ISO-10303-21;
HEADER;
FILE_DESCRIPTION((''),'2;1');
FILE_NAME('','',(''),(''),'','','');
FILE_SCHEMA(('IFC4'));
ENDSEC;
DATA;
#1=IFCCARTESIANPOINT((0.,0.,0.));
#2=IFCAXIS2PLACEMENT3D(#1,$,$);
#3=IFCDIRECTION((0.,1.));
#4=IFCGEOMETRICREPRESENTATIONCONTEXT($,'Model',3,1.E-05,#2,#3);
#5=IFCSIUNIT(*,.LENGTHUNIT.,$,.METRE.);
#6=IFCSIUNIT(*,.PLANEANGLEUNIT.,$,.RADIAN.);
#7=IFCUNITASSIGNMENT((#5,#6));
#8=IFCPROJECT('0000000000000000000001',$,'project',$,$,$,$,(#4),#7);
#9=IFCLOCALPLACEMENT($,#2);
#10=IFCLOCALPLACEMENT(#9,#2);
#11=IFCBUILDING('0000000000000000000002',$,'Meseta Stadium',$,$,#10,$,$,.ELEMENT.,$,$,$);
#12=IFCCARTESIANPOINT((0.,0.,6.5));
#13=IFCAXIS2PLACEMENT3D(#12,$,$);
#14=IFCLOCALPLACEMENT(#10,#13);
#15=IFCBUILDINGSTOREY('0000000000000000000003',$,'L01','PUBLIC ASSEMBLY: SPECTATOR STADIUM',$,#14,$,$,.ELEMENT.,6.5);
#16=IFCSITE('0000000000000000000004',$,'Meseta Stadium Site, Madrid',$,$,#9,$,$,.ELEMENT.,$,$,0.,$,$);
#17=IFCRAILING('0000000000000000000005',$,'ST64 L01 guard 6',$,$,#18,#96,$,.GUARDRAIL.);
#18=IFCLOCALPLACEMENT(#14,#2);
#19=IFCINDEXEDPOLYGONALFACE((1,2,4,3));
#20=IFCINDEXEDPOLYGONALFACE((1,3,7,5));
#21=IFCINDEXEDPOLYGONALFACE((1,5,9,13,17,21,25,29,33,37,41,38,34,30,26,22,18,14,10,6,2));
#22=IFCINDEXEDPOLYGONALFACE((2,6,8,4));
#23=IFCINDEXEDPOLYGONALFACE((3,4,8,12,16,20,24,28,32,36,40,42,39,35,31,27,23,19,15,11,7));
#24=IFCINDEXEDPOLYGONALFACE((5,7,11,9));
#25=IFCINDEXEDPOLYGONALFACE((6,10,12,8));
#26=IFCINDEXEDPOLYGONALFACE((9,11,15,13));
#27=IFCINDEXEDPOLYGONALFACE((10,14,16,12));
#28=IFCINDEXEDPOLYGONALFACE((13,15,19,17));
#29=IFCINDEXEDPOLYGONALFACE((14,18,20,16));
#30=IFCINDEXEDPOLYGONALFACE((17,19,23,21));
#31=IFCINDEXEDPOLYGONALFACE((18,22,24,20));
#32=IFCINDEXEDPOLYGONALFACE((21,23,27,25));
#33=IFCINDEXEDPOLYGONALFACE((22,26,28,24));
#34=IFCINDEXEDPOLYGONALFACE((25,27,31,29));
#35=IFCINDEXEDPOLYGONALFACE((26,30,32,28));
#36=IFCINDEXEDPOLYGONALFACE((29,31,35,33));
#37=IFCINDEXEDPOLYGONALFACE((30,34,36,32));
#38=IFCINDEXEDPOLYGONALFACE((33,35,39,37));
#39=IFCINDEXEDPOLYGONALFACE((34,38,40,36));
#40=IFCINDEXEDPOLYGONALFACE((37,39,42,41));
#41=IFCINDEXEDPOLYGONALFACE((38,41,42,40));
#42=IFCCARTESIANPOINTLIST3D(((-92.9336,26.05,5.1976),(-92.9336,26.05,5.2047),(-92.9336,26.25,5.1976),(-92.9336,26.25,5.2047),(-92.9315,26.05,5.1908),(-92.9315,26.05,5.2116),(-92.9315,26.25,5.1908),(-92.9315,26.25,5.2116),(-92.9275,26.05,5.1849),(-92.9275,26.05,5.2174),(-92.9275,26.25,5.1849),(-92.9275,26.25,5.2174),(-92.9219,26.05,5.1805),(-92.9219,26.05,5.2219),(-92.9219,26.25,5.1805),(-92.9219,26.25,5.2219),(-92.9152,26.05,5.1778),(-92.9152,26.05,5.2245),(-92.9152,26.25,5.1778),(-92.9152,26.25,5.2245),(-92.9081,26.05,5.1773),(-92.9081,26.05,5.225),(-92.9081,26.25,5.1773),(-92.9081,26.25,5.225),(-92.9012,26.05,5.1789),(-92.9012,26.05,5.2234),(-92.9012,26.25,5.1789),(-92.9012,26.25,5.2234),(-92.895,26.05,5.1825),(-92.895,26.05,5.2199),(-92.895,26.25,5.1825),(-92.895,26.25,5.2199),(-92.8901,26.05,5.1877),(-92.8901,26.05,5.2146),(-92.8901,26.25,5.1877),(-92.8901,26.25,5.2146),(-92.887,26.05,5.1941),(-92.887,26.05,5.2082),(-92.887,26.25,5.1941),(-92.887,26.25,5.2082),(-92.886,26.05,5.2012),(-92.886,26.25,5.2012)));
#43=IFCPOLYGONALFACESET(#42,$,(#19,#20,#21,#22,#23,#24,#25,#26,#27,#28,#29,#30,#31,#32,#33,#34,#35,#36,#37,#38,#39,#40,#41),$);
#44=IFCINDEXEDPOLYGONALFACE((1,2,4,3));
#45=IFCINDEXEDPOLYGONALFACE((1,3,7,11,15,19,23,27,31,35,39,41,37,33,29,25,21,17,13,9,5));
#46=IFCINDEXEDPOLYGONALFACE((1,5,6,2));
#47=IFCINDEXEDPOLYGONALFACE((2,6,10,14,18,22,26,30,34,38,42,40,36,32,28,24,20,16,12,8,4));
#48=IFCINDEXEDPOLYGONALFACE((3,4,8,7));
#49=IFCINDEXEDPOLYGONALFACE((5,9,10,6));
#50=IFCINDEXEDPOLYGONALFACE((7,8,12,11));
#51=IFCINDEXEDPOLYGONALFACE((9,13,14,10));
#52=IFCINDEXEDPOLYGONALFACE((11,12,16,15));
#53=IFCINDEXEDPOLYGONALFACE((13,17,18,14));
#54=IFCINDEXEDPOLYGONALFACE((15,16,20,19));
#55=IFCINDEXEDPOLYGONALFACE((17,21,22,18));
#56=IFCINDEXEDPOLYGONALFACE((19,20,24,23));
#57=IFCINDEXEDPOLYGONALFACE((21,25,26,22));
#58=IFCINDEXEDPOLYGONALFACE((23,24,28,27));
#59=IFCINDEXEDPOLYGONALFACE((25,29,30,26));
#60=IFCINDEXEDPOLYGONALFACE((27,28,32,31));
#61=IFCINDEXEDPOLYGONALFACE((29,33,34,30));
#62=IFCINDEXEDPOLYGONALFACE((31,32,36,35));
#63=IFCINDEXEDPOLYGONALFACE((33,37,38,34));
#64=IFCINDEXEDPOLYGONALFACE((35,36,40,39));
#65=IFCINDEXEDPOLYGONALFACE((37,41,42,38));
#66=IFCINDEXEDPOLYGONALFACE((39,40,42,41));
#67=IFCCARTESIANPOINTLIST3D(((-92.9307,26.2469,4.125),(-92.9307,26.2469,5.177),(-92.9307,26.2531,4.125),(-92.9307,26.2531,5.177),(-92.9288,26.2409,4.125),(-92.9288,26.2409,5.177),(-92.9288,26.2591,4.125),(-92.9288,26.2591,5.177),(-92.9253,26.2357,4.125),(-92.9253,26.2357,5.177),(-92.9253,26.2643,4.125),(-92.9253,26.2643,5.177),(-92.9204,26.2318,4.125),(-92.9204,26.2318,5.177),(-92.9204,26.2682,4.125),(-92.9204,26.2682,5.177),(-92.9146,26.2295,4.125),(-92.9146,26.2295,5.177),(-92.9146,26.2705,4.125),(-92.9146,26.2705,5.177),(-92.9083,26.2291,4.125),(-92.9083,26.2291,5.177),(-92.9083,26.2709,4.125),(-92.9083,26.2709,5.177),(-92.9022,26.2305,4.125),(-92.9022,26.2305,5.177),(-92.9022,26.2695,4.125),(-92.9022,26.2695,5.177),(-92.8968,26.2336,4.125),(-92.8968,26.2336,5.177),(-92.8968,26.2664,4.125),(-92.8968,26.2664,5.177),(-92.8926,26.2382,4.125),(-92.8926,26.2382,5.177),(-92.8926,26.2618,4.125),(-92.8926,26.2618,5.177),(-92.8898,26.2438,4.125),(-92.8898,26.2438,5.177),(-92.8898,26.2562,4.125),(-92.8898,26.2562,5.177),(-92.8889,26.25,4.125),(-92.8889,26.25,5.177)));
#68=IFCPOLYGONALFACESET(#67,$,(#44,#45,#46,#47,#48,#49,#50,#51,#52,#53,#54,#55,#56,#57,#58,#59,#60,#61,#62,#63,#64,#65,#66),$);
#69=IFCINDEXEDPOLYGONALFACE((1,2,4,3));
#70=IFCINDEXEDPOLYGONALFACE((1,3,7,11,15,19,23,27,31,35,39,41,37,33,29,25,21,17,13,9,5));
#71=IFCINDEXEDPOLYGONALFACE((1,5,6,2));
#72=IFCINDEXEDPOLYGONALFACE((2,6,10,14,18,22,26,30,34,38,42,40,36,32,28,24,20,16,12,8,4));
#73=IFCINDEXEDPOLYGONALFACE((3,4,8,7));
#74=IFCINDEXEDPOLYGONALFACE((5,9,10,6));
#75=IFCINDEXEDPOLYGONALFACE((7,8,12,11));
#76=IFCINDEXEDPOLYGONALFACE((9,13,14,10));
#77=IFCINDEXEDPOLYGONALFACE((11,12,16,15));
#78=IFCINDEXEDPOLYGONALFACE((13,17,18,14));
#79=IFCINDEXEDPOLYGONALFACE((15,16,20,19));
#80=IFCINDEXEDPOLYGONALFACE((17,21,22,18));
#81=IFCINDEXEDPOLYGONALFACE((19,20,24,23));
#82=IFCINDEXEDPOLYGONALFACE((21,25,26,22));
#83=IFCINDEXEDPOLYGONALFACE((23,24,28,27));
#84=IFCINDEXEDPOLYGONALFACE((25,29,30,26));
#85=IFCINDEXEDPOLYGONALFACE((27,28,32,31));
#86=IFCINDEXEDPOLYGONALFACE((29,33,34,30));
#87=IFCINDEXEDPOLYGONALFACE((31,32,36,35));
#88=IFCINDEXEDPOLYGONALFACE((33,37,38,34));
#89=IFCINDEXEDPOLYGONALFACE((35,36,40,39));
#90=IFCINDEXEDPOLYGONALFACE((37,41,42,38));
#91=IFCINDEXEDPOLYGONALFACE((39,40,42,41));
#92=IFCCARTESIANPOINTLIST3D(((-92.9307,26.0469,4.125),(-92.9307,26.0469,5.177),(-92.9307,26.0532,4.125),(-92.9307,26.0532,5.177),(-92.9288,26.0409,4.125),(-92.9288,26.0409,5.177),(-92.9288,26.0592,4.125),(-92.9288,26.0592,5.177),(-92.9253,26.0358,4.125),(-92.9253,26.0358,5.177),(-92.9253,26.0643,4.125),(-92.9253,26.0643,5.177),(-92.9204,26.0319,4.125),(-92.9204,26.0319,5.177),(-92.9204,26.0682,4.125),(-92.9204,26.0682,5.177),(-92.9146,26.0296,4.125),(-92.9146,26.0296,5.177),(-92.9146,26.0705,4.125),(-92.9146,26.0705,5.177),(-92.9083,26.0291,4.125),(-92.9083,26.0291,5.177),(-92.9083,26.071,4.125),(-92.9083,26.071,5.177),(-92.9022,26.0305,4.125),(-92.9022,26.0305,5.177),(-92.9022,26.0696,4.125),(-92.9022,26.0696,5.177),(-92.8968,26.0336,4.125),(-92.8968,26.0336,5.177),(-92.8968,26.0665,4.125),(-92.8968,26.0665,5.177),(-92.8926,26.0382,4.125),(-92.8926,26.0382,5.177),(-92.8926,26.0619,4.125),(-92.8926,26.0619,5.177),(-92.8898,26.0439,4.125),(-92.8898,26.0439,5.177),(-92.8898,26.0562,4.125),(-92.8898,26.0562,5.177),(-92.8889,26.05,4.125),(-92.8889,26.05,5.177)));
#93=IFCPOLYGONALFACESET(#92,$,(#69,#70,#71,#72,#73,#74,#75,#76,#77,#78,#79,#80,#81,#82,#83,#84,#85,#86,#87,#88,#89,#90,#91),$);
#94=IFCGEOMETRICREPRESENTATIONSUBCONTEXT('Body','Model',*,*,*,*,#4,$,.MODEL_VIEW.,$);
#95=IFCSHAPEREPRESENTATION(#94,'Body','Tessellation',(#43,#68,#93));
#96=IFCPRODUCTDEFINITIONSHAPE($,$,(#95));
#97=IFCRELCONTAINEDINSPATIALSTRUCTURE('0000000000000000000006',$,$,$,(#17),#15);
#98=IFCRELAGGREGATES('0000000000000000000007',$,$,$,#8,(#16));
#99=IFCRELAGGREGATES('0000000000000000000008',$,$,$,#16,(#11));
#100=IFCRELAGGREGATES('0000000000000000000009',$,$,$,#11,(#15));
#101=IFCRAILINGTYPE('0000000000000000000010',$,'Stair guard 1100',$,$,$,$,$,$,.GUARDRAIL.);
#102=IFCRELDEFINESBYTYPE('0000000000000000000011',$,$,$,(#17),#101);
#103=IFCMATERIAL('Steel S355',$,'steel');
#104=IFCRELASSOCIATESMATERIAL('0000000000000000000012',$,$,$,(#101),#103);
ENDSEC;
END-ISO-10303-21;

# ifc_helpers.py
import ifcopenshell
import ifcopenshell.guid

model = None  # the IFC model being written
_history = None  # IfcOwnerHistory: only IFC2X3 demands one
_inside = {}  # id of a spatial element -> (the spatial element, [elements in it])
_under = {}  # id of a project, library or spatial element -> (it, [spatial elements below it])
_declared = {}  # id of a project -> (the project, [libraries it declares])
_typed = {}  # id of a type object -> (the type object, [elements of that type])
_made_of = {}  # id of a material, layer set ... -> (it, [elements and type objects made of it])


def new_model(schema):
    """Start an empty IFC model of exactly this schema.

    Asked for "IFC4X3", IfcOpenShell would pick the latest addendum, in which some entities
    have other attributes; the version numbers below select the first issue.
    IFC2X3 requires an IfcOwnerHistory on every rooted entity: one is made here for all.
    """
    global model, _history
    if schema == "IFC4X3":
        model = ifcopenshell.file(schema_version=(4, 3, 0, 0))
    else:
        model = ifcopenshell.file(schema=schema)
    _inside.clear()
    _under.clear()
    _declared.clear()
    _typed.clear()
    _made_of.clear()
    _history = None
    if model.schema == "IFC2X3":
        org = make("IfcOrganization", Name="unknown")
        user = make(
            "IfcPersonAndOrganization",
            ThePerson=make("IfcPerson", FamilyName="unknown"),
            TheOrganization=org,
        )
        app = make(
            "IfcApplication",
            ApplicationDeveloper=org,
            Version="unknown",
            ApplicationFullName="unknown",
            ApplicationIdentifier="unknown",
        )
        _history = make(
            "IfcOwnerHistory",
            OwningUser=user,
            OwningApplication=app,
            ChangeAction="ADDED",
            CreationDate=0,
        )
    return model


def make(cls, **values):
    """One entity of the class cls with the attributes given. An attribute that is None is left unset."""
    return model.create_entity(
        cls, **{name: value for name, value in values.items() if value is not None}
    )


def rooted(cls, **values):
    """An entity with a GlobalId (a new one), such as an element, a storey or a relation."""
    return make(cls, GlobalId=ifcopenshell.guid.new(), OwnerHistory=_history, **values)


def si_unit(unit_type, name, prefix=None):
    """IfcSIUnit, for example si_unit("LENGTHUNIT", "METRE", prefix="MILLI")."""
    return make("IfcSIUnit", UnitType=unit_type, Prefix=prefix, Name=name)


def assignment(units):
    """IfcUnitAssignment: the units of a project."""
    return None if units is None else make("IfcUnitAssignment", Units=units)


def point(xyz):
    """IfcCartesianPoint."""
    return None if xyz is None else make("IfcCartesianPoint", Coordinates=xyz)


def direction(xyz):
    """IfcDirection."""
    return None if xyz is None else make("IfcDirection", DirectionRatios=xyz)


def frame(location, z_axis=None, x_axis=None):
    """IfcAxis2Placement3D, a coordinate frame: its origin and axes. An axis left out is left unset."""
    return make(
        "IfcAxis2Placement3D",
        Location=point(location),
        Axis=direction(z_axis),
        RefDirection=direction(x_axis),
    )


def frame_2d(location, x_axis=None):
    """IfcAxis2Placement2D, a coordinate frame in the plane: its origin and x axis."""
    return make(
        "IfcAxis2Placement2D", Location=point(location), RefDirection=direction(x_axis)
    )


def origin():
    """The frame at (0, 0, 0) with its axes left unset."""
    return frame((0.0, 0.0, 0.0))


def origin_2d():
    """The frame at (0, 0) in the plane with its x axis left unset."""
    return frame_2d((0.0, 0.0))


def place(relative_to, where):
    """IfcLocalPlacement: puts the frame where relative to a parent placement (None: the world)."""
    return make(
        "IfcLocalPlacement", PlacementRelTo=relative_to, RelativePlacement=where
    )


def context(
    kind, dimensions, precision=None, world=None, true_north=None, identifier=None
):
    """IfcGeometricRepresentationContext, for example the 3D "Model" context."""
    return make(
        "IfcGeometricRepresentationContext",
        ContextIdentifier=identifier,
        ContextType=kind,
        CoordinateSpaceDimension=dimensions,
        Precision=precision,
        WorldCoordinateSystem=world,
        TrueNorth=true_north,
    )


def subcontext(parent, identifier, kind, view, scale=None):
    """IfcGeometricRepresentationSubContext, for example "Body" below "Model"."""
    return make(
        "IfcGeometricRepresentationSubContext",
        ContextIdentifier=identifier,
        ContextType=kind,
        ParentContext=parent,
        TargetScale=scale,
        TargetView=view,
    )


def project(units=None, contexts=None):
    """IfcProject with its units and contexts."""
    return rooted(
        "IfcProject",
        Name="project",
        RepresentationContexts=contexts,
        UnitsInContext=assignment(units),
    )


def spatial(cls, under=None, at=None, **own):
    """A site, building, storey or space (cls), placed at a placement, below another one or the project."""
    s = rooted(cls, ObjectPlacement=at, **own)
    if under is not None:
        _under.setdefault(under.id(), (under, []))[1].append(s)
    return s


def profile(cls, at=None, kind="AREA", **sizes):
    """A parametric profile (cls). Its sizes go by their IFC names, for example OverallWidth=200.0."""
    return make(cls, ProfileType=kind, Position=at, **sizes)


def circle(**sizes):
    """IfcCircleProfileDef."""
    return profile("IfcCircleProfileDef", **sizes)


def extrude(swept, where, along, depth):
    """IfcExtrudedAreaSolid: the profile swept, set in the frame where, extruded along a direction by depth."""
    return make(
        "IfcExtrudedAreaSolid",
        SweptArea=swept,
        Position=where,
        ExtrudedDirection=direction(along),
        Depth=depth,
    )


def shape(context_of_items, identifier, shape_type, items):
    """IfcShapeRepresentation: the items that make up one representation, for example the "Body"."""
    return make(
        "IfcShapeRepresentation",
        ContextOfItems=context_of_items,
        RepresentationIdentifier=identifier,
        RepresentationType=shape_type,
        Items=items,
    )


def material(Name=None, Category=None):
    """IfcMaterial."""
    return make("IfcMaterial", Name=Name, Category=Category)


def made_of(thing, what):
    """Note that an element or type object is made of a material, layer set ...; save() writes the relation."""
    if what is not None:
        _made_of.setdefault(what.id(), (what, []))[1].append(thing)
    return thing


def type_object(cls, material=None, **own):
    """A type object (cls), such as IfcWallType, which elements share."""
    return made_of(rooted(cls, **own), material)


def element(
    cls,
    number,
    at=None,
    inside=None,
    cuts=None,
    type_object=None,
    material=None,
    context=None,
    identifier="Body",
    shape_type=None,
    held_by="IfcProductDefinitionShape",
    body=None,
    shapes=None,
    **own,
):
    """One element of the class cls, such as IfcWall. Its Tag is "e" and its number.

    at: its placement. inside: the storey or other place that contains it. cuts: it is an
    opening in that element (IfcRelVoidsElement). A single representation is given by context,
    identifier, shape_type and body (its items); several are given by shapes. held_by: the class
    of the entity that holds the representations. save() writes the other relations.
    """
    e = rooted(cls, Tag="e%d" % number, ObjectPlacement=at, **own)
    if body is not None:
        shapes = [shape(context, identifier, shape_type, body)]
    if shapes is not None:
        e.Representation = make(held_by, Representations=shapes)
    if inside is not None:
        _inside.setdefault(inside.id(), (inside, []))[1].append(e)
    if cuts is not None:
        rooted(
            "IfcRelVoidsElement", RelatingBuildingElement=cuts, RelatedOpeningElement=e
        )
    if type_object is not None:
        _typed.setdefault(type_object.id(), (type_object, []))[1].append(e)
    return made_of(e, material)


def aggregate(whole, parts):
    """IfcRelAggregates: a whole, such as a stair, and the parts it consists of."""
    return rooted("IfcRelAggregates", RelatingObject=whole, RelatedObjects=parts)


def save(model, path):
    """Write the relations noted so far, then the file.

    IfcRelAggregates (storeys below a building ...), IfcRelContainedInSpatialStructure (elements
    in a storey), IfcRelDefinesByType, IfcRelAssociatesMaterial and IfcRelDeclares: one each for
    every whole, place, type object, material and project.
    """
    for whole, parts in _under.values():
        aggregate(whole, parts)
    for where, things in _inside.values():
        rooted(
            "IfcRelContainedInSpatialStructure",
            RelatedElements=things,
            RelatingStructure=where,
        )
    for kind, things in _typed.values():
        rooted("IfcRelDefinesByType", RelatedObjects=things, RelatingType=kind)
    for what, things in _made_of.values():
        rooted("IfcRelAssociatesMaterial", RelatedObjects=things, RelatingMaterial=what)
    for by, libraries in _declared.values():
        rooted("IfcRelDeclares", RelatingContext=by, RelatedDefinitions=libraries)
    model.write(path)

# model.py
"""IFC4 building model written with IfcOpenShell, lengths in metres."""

from ifc_helpers import new_model, si_unit, direction, frame, origin, origin_2d, place, context, subcontext, project, spatial, circle, extrude, material, type_object, element, save


model = new_model("IFC4")

# Units and contexts
model_context = context("Model", 3, precision=1e-05, world=origin(), true_north=direction((0.0, 1.0)))
body_context = subcontext(model_context, "Body", "Model", "MODEL_VIEW")
ifc_project = project(units=[si_unit("LENGTHUNIT", "METRE"), si_unit("PLANEANGLEUNIT", "RADIAN")], contexts=[model_context])

# Site, building, storey
site_placement = place(None, origin())
site = spatial("IfcSite", under=ifc_project, at=site_placement, Name="Meseta Stadium Site, Madrid", CompositionType="ELEMENT", RefElevation=0.0)
building_placement = place(site_placement, origin())
building = spatial("IfcBuilding", under=site, at=building_placement, Name="Meseta Stadium", CompositionType="ELEMENT")
storey_placement = place(building_placement, frame((0.0, 0.0, 6.5)))
storey = spatial("IfcBuildingStorey", under=building, at=storey_placement, Name="L01", Description="PUBLIC ASSEMBLY: SPECTATOR STADIUM", CompositionType="ELEMENT", Elevation=6.5)

# Railing
ifc_material_1 = material(Name="Steel S355", Category="steel")
railing_type_1 = type_object("IfcRailingType", Name="Stair guard 1100", PredefinedType="GUARDRAIL", material=ifc_material_1)
railing_1_placement = place(storey_placement, frame((-92.9099, 26.25, 4.125)))
element("IfcRailing", 1, at=railing_1_placement, inside=storey, type_object=railing_type_1, Name="ST64 L01 guard 6", PredefinedType="GUARDRAIL", context=body_context, shape_type="SweptSolid", body=[
    extrude(circle(Radius=0.0239, at=origin_2d()), frame((0.0, 0.0, 1.0762), z_axis=(0.0, -1.0, 0.0), x_axis=(1.0, 0.0, 0.0)), (0.0, 0.0, 1.0), 0.2),
    extrude(circle(Radius=0.021, at=origin_2d()), origin(), (0.0, 0.0, 1.0), 1.052),
    extrude(circle(Radius=0.021, at=origin_2d()), frame((0.0, -0.2, 0.0)), (0.0, 0.0, 1.0), 1.052),
])

save(model, "model.ifc")
